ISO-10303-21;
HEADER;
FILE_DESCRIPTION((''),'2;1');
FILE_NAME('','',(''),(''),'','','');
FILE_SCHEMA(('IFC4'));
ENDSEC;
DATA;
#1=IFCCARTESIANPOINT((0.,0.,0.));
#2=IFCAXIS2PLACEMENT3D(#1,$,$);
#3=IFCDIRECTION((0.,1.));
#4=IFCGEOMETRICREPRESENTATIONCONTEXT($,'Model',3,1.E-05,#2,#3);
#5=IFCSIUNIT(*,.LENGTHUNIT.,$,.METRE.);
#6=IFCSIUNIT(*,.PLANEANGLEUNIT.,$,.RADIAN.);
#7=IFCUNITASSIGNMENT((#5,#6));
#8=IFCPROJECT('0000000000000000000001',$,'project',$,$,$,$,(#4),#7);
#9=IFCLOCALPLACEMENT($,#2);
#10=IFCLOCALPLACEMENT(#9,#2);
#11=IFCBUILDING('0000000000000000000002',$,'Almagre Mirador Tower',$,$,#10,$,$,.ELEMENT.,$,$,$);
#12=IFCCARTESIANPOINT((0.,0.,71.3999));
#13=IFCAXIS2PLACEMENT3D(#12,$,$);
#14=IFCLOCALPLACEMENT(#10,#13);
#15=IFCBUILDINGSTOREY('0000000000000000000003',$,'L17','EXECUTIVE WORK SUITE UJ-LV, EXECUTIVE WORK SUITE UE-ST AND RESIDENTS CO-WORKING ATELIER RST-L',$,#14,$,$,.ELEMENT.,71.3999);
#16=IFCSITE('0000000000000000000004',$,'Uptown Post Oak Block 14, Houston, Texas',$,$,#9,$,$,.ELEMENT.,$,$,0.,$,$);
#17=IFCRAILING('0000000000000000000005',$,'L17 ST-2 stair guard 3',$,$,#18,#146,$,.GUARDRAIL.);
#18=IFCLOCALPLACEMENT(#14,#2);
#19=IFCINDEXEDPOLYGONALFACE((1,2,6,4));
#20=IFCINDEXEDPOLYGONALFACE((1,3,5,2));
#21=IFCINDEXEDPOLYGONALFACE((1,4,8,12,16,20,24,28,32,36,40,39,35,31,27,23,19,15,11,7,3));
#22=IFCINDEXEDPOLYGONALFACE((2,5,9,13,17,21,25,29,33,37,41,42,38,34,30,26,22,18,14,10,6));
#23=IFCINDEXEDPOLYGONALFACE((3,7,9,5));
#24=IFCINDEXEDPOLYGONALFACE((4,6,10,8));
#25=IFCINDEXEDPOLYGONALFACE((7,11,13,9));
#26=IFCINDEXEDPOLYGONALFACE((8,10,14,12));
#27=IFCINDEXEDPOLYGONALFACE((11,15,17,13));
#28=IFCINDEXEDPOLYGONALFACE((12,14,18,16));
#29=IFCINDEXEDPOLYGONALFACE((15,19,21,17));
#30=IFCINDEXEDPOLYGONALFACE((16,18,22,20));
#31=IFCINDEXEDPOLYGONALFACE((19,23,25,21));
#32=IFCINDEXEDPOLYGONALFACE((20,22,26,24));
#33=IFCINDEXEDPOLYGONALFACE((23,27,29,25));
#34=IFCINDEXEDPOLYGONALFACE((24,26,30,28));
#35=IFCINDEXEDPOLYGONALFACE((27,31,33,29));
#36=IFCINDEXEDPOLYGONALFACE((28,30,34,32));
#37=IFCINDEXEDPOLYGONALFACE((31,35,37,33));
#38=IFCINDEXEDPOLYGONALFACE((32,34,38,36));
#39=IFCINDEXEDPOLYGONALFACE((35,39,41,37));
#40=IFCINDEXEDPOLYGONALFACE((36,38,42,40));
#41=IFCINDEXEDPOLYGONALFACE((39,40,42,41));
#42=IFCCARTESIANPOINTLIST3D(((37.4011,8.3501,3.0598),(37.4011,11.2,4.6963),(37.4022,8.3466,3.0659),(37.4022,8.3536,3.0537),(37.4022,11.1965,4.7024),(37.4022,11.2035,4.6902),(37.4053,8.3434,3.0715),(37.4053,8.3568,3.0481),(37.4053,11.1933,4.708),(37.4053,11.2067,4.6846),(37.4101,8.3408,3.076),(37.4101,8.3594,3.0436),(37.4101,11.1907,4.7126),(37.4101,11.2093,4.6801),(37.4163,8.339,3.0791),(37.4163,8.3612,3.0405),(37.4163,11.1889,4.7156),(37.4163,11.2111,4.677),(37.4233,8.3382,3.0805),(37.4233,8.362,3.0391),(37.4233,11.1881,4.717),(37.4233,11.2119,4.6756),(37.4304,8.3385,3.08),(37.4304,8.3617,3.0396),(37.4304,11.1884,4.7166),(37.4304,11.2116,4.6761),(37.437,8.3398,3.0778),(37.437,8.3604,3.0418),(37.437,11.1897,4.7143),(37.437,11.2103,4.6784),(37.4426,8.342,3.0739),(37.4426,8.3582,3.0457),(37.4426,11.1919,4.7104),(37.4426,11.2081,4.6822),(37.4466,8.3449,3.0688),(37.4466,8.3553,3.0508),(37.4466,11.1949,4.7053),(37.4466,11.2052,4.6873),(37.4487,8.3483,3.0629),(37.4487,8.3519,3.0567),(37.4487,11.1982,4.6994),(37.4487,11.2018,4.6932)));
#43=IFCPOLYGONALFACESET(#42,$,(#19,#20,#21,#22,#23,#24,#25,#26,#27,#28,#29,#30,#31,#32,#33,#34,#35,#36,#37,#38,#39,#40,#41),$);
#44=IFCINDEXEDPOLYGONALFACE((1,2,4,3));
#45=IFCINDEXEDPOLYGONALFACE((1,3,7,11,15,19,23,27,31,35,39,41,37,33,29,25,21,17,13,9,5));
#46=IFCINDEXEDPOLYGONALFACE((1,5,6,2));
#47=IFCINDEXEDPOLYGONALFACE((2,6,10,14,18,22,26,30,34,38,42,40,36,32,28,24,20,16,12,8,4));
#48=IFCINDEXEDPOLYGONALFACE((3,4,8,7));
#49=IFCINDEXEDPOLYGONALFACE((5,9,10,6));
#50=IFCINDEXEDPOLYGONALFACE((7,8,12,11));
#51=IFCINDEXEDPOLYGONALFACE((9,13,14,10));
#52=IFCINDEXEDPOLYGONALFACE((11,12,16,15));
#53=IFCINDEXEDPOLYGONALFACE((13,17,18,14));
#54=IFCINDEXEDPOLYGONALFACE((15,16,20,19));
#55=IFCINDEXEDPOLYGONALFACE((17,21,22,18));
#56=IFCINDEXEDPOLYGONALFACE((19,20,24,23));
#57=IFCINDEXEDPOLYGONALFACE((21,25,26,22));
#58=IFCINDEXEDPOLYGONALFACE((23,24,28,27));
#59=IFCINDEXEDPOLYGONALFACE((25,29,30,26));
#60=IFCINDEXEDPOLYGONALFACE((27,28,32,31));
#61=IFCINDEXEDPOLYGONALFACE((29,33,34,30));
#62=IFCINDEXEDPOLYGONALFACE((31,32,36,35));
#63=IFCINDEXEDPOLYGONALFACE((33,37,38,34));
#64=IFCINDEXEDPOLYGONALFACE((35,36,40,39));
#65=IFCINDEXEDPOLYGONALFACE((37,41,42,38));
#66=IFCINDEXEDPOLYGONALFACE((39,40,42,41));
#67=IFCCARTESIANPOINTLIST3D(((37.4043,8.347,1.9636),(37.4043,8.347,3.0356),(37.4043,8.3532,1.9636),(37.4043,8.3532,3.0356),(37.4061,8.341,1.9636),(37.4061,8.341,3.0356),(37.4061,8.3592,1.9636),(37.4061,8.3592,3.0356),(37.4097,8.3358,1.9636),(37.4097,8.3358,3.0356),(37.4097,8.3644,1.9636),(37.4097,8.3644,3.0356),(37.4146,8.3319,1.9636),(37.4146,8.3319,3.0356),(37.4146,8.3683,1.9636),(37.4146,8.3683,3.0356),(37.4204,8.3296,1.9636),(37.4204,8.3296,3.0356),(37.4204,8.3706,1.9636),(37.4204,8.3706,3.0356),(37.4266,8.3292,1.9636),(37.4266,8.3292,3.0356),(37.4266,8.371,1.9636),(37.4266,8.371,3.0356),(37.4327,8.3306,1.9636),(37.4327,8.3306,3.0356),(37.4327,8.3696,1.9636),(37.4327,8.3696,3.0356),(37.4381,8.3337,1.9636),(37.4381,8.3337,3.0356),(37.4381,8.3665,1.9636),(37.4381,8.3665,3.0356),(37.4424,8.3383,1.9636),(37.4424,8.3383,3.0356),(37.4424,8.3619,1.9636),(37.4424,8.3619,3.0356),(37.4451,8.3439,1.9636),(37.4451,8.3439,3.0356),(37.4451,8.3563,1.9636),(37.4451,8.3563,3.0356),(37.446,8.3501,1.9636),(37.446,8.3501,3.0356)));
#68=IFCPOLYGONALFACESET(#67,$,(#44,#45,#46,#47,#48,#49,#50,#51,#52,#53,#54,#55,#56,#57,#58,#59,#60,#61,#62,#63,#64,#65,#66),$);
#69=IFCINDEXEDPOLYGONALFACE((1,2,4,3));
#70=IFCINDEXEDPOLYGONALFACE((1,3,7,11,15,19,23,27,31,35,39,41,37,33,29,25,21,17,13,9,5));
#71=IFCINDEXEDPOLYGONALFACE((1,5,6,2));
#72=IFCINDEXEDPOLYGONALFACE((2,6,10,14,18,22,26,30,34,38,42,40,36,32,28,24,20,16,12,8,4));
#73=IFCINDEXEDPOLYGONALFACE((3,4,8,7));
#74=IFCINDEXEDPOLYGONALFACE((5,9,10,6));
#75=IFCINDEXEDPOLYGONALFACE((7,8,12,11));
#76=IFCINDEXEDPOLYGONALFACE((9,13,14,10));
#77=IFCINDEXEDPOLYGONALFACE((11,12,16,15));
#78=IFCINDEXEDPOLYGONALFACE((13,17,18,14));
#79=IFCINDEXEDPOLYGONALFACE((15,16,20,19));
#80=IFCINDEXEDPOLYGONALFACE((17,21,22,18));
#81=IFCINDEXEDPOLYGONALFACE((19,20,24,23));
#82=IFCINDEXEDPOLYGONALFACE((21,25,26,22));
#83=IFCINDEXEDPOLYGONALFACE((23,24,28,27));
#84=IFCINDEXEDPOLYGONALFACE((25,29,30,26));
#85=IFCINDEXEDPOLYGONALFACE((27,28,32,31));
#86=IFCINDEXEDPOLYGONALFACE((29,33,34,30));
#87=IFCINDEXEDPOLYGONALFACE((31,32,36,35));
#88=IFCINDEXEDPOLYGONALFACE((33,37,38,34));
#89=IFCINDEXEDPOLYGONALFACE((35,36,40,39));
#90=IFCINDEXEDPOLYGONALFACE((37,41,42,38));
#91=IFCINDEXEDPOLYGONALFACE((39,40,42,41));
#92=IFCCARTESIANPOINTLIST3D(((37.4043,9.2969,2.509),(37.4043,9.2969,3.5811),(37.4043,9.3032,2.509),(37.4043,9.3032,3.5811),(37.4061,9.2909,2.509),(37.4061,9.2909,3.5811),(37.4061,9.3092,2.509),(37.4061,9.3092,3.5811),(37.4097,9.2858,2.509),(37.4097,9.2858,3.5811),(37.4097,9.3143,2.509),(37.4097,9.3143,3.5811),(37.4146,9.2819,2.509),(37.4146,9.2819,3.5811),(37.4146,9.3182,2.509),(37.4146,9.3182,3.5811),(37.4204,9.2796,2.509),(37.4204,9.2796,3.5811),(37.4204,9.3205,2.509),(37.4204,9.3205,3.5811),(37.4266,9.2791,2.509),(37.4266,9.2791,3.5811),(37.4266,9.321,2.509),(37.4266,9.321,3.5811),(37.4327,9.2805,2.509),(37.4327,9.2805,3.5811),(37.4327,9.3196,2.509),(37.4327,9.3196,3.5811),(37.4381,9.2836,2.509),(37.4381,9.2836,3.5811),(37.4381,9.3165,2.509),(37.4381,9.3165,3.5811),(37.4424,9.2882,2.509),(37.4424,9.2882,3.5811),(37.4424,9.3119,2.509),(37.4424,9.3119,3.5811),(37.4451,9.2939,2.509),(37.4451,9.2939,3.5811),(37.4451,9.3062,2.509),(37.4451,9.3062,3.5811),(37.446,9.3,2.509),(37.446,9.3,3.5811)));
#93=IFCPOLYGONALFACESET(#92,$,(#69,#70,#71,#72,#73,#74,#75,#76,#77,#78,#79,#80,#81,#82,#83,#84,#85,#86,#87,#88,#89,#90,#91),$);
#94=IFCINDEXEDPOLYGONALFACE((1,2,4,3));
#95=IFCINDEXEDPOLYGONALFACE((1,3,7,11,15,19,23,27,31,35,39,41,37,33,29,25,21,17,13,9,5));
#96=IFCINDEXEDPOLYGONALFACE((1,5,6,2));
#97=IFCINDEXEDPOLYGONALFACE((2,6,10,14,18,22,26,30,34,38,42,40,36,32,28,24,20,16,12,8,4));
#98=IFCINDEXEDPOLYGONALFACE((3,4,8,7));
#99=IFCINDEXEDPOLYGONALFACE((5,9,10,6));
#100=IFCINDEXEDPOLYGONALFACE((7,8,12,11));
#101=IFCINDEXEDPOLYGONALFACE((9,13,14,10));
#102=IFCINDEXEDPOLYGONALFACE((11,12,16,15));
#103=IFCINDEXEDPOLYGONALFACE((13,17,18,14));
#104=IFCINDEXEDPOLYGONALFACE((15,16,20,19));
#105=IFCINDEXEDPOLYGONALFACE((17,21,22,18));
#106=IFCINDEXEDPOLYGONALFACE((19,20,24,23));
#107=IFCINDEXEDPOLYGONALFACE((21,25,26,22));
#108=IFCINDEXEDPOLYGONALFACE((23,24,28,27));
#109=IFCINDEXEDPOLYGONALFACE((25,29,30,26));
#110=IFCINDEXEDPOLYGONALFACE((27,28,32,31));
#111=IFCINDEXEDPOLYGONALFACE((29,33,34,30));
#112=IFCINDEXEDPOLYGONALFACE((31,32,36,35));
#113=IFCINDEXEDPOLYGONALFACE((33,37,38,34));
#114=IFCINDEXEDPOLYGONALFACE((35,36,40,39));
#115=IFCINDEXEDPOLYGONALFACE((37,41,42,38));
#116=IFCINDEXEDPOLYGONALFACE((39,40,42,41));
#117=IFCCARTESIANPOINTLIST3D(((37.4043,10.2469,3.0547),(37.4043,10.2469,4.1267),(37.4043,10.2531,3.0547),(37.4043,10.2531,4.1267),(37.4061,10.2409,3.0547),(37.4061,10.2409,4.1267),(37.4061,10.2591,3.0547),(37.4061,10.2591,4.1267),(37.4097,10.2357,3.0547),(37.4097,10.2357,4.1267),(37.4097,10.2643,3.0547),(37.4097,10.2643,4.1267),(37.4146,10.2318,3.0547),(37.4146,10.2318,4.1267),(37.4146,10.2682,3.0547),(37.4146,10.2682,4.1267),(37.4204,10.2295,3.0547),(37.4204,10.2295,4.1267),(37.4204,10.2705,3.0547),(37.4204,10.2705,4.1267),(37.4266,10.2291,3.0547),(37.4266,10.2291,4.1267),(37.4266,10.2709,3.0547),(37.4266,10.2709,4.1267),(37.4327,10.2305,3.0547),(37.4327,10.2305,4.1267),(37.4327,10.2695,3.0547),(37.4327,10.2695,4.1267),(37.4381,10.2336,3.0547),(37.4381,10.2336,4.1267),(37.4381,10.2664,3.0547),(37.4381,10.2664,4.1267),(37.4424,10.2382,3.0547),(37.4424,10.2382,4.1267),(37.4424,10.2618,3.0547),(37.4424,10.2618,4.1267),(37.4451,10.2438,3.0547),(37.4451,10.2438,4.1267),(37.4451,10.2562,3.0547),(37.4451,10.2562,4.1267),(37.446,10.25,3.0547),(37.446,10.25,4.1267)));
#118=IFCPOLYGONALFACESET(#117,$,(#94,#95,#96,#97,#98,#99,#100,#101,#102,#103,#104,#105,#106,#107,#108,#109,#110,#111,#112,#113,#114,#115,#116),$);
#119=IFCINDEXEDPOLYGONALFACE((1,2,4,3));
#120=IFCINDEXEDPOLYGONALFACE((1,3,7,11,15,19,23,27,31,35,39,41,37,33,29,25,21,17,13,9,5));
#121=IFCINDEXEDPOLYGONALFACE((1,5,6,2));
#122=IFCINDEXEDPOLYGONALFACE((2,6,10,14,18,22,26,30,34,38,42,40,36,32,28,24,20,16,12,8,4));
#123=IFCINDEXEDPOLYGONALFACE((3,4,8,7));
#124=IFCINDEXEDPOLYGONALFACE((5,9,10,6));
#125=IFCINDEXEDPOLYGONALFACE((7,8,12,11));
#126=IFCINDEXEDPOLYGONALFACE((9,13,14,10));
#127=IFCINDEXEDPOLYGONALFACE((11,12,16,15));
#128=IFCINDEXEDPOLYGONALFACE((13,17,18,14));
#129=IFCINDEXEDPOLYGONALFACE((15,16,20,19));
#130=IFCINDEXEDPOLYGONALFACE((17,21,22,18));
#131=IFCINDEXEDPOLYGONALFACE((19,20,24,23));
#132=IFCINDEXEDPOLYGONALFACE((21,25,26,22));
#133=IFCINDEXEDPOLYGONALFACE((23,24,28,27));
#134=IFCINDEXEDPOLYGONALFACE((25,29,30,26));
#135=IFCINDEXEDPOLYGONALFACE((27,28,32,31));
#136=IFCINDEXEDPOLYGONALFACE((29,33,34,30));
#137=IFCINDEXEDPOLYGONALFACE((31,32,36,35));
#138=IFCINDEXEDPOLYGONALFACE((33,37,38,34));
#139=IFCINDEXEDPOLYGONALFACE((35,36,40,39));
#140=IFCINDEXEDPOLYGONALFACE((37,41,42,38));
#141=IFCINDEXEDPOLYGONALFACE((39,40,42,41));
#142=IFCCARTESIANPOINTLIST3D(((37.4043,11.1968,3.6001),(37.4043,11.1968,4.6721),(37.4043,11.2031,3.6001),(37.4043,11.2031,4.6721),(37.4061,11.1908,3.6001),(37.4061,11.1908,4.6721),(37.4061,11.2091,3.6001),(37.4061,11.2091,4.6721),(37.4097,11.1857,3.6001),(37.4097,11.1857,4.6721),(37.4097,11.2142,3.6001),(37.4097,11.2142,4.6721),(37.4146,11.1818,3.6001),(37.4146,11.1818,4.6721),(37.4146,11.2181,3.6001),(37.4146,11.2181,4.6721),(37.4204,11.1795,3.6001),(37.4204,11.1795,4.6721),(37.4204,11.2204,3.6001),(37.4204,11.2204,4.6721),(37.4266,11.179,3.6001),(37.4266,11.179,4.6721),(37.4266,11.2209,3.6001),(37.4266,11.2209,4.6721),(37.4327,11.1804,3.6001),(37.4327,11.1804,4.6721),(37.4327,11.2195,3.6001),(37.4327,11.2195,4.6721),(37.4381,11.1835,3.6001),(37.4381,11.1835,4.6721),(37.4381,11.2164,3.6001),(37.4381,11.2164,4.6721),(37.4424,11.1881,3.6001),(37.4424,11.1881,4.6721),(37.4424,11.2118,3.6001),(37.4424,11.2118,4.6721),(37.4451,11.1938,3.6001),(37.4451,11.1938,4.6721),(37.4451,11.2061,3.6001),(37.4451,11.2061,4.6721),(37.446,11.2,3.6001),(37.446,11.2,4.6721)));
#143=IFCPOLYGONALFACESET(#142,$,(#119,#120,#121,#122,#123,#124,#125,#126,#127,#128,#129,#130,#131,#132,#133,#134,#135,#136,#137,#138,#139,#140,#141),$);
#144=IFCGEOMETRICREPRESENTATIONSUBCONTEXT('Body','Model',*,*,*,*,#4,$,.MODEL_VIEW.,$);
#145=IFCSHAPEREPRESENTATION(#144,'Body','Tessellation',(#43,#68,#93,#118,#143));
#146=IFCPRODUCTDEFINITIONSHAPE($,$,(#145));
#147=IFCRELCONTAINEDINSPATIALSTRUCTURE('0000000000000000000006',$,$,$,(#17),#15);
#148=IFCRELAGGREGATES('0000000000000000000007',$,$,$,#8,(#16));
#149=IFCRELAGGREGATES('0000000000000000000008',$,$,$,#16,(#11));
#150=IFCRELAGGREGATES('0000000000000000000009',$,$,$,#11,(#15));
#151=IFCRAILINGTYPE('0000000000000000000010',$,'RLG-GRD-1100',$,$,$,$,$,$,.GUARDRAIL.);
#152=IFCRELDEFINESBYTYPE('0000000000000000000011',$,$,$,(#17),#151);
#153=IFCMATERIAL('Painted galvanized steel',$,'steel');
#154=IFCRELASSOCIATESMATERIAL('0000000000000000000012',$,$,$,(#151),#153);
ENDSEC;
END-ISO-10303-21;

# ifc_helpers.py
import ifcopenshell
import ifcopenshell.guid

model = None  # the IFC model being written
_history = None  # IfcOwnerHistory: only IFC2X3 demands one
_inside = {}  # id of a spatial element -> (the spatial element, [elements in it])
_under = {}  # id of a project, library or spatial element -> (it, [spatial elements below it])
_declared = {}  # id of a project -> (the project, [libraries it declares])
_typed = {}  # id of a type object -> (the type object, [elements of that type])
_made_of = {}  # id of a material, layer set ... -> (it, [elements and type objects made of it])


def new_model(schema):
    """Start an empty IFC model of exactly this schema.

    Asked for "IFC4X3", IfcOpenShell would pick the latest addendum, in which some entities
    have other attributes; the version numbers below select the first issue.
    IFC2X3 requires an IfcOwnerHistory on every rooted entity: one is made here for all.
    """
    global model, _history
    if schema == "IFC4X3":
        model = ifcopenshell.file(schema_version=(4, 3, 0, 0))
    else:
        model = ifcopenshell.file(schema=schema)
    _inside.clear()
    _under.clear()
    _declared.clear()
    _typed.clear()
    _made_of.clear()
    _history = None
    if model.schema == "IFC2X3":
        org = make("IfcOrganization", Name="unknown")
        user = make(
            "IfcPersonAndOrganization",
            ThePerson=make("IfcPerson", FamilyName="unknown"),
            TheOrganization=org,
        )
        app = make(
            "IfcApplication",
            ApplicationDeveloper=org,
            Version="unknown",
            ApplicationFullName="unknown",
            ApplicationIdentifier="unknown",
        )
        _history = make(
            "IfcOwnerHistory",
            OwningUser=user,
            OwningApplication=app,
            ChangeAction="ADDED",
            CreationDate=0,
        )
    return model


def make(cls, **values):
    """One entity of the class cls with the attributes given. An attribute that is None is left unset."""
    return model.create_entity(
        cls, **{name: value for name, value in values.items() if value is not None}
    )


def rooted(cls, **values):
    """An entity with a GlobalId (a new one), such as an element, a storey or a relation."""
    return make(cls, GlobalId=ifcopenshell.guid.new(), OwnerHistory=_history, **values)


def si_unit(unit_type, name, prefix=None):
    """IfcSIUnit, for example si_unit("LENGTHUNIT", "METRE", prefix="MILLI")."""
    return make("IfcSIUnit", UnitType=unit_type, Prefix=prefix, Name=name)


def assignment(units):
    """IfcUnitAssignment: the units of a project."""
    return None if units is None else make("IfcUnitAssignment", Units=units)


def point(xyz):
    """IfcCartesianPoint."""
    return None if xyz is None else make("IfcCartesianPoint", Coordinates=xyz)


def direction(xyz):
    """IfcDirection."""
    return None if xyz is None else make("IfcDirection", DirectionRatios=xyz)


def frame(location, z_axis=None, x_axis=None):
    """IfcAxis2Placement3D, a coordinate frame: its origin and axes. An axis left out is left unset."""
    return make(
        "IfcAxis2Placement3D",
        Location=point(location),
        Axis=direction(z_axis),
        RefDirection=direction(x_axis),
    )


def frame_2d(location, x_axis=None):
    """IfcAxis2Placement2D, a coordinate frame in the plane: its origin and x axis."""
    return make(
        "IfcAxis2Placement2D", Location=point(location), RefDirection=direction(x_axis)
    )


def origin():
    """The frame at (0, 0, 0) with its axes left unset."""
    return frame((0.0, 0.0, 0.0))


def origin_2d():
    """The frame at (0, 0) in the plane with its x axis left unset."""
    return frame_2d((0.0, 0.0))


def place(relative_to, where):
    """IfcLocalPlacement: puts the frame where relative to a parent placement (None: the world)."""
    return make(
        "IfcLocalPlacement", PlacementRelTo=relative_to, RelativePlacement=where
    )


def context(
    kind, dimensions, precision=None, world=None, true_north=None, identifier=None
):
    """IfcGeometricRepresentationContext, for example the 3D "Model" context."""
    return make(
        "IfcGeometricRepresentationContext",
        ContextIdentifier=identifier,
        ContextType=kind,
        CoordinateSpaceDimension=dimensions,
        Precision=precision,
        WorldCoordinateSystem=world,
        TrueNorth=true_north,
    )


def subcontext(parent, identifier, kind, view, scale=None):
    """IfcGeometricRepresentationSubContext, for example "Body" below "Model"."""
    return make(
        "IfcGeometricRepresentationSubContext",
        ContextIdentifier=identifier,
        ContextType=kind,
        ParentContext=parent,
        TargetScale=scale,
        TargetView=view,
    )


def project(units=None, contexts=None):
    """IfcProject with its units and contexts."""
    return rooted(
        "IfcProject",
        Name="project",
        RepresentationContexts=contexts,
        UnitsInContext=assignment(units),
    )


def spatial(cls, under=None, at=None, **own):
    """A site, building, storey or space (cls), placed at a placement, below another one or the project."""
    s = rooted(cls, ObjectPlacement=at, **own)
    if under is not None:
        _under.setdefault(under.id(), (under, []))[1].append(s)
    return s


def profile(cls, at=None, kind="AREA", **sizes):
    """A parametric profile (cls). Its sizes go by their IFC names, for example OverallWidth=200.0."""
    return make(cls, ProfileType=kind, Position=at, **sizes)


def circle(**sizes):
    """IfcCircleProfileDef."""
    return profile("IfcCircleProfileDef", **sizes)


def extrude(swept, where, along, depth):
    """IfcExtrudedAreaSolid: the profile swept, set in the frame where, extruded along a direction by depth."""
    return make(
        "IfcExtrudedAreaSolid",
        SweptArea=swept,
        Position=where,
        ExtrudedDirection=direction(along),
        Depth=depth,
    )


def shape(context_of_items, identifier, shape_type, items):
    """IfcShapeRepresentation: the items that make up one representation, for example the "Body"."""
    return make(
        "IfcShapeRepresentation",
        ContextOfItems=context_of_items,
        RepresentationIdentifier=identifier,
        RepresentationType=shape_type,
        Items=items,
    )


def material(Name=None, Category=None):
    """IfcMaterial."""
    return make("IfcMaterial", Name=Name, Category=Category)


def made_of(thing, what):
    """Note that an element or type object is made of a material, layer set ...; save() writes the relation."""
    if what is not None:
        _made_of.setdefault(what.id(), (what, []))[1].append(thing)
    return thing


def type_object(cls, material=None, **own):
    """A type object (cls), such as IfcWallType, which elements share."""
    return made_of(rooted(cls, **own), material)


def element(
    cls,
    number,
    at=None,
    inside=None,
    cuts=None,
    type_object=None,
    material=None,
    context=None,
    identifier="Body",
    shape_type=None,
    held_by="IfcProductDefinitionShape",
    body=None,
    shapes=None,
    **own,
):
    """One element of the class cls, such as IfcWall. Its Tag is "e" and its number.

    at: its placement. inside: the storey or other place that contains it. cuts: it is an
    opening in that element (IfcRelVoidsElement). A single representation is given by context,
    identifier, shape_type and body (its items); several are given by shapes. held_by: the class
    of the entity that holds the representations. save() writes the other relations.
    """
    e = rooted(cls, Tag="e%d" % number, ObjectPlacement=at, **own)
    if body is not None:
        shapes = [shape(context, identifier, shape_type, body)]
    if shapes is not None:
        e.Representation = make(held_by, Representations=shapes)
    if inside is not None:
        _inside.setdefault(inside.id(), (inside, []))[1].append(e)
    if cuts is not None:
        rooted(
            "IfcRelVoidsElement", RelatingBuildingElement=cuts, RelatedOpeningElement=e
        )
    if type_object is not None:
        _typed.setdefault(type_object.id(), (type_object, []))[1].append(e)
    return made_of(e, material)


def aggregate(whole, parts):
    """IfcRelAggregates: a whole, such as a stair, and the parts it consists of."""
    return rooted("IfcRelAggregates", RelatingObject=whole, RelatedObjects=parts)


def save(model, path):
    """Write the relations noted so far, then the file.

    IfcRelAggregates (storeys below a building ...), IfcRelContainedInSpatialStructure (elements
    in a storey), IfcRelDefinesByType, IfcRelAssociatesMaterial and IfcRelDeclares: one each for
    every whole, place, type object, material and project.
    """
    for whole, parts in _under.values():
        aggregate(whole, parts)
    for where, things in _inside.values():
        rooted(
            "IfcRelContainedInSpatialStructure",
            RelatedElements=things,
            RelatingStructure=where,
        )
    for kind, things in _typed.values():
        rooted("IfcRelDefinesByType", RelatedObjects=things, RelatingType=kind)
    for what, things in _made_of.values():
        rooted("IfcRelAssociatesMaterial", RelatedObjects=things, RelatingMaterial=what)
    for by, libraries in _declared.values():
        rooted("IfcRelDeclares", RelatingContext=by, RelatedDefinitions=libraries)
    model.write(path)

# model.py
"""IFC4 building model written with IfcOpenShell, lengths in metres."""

from ifc_helpers import new_model, si_unit, direction, frame, origin, origin_2d, place, context, subcontext, project, spatial, circle, extrude, material, type_object, element, save


model = new_model("IFC4")

# Units and contexts
model_context = context("Model", 3, precision=1e-05, world=origin(), true_north=direction((0.0, 1.0)))
body_context = subcontext(model_context, "Body", "Model", "MODEL_VIEW")
ifc_project = project(units=[si_unit("LENGTHUNIT", "METRE"), si_unit("PLANEANGLEUNIT", "RADIAN")], contexts=[model_context])

# Site, building, storey
site_placement = place(None, origin())
site = spatial("IfcSite", under=ifc_project, at=site_placement, Name="Uptown Post Oak Block 14, Houston, Texas", CompositionType="ELEMENT", RefElevation=0.0)
building_placement = place(site_placement, origin())
building = spatial("IfcBuilding", under=site, at=building_placement, Name="Almagre Mirador Tower", CompositionType="ELEMENT")
storey_placement = place(building_placement, frame((0.0, 0.0, 71.3999)))
storey = spatial("IfcBuildingStorey", under=building, at=storey_placement, Name="L17", Description="EXECUTIVE WORK SUITE UJ-LV, EXECUTIVE WORK SUITE UE-ST AND RESIDENTS CO-WORKING ATELIER RST-L", CompositionType="ELEMENT", Elevation=71.3999)

# Railing
ifc_material_1 = material(Name="Painted galvanized steel", Category="steel")
railing_type_1 = type_object("IfcRailingType", Name="RLG-GRD-1100", PredefinedType="GUARDRAIL", material=ifc_material_1)
railing_1_placement = place(storey_placement, frame((37.425, 8.3501, 1.9636)))
element("IfcRailing", 1, at=railing_1_placement, inside=storey, type_object=railing_type_1, Name="L17 ST-2 stair guard 3", PredefinedType="GUARDRAIL", context=body_context, shape_type="SweptSolid", body=[
    extrude(circle(Radius=0.0239, at=origin_2d()), frame((0.0, 0.0, 1.0962), z_axis=(0.0, 0.867194, 0.49797), x_axis=(-1.0, 0.0, 0.0)), (0.0, 0.0, 1.0), 3.2864),
    extrude(circle(Radius=0.021, at=origin_2d()), origin(), (0.0, 0.0, 1.0), 1.072),
    extrude(circle(Radius=0.021, at=origin_2d()), frame((0.0, 0.95, 0.5454)), (0.0, 0.0, 1.0), 1.072),
    extrude(circle(Radius=0.021, at=origin_2d()), frame((0.0, 1.8999, 1.0911)), (0.0, 0.0, 1.0), 1.072),
    extrude(circle(Radius=0.021, at=origin_2d()), frame((0.0, 2.8499, 1.6365)), (0.0, 0.0, 1.0), 1.072),
])

save(model, "model.ifc")
